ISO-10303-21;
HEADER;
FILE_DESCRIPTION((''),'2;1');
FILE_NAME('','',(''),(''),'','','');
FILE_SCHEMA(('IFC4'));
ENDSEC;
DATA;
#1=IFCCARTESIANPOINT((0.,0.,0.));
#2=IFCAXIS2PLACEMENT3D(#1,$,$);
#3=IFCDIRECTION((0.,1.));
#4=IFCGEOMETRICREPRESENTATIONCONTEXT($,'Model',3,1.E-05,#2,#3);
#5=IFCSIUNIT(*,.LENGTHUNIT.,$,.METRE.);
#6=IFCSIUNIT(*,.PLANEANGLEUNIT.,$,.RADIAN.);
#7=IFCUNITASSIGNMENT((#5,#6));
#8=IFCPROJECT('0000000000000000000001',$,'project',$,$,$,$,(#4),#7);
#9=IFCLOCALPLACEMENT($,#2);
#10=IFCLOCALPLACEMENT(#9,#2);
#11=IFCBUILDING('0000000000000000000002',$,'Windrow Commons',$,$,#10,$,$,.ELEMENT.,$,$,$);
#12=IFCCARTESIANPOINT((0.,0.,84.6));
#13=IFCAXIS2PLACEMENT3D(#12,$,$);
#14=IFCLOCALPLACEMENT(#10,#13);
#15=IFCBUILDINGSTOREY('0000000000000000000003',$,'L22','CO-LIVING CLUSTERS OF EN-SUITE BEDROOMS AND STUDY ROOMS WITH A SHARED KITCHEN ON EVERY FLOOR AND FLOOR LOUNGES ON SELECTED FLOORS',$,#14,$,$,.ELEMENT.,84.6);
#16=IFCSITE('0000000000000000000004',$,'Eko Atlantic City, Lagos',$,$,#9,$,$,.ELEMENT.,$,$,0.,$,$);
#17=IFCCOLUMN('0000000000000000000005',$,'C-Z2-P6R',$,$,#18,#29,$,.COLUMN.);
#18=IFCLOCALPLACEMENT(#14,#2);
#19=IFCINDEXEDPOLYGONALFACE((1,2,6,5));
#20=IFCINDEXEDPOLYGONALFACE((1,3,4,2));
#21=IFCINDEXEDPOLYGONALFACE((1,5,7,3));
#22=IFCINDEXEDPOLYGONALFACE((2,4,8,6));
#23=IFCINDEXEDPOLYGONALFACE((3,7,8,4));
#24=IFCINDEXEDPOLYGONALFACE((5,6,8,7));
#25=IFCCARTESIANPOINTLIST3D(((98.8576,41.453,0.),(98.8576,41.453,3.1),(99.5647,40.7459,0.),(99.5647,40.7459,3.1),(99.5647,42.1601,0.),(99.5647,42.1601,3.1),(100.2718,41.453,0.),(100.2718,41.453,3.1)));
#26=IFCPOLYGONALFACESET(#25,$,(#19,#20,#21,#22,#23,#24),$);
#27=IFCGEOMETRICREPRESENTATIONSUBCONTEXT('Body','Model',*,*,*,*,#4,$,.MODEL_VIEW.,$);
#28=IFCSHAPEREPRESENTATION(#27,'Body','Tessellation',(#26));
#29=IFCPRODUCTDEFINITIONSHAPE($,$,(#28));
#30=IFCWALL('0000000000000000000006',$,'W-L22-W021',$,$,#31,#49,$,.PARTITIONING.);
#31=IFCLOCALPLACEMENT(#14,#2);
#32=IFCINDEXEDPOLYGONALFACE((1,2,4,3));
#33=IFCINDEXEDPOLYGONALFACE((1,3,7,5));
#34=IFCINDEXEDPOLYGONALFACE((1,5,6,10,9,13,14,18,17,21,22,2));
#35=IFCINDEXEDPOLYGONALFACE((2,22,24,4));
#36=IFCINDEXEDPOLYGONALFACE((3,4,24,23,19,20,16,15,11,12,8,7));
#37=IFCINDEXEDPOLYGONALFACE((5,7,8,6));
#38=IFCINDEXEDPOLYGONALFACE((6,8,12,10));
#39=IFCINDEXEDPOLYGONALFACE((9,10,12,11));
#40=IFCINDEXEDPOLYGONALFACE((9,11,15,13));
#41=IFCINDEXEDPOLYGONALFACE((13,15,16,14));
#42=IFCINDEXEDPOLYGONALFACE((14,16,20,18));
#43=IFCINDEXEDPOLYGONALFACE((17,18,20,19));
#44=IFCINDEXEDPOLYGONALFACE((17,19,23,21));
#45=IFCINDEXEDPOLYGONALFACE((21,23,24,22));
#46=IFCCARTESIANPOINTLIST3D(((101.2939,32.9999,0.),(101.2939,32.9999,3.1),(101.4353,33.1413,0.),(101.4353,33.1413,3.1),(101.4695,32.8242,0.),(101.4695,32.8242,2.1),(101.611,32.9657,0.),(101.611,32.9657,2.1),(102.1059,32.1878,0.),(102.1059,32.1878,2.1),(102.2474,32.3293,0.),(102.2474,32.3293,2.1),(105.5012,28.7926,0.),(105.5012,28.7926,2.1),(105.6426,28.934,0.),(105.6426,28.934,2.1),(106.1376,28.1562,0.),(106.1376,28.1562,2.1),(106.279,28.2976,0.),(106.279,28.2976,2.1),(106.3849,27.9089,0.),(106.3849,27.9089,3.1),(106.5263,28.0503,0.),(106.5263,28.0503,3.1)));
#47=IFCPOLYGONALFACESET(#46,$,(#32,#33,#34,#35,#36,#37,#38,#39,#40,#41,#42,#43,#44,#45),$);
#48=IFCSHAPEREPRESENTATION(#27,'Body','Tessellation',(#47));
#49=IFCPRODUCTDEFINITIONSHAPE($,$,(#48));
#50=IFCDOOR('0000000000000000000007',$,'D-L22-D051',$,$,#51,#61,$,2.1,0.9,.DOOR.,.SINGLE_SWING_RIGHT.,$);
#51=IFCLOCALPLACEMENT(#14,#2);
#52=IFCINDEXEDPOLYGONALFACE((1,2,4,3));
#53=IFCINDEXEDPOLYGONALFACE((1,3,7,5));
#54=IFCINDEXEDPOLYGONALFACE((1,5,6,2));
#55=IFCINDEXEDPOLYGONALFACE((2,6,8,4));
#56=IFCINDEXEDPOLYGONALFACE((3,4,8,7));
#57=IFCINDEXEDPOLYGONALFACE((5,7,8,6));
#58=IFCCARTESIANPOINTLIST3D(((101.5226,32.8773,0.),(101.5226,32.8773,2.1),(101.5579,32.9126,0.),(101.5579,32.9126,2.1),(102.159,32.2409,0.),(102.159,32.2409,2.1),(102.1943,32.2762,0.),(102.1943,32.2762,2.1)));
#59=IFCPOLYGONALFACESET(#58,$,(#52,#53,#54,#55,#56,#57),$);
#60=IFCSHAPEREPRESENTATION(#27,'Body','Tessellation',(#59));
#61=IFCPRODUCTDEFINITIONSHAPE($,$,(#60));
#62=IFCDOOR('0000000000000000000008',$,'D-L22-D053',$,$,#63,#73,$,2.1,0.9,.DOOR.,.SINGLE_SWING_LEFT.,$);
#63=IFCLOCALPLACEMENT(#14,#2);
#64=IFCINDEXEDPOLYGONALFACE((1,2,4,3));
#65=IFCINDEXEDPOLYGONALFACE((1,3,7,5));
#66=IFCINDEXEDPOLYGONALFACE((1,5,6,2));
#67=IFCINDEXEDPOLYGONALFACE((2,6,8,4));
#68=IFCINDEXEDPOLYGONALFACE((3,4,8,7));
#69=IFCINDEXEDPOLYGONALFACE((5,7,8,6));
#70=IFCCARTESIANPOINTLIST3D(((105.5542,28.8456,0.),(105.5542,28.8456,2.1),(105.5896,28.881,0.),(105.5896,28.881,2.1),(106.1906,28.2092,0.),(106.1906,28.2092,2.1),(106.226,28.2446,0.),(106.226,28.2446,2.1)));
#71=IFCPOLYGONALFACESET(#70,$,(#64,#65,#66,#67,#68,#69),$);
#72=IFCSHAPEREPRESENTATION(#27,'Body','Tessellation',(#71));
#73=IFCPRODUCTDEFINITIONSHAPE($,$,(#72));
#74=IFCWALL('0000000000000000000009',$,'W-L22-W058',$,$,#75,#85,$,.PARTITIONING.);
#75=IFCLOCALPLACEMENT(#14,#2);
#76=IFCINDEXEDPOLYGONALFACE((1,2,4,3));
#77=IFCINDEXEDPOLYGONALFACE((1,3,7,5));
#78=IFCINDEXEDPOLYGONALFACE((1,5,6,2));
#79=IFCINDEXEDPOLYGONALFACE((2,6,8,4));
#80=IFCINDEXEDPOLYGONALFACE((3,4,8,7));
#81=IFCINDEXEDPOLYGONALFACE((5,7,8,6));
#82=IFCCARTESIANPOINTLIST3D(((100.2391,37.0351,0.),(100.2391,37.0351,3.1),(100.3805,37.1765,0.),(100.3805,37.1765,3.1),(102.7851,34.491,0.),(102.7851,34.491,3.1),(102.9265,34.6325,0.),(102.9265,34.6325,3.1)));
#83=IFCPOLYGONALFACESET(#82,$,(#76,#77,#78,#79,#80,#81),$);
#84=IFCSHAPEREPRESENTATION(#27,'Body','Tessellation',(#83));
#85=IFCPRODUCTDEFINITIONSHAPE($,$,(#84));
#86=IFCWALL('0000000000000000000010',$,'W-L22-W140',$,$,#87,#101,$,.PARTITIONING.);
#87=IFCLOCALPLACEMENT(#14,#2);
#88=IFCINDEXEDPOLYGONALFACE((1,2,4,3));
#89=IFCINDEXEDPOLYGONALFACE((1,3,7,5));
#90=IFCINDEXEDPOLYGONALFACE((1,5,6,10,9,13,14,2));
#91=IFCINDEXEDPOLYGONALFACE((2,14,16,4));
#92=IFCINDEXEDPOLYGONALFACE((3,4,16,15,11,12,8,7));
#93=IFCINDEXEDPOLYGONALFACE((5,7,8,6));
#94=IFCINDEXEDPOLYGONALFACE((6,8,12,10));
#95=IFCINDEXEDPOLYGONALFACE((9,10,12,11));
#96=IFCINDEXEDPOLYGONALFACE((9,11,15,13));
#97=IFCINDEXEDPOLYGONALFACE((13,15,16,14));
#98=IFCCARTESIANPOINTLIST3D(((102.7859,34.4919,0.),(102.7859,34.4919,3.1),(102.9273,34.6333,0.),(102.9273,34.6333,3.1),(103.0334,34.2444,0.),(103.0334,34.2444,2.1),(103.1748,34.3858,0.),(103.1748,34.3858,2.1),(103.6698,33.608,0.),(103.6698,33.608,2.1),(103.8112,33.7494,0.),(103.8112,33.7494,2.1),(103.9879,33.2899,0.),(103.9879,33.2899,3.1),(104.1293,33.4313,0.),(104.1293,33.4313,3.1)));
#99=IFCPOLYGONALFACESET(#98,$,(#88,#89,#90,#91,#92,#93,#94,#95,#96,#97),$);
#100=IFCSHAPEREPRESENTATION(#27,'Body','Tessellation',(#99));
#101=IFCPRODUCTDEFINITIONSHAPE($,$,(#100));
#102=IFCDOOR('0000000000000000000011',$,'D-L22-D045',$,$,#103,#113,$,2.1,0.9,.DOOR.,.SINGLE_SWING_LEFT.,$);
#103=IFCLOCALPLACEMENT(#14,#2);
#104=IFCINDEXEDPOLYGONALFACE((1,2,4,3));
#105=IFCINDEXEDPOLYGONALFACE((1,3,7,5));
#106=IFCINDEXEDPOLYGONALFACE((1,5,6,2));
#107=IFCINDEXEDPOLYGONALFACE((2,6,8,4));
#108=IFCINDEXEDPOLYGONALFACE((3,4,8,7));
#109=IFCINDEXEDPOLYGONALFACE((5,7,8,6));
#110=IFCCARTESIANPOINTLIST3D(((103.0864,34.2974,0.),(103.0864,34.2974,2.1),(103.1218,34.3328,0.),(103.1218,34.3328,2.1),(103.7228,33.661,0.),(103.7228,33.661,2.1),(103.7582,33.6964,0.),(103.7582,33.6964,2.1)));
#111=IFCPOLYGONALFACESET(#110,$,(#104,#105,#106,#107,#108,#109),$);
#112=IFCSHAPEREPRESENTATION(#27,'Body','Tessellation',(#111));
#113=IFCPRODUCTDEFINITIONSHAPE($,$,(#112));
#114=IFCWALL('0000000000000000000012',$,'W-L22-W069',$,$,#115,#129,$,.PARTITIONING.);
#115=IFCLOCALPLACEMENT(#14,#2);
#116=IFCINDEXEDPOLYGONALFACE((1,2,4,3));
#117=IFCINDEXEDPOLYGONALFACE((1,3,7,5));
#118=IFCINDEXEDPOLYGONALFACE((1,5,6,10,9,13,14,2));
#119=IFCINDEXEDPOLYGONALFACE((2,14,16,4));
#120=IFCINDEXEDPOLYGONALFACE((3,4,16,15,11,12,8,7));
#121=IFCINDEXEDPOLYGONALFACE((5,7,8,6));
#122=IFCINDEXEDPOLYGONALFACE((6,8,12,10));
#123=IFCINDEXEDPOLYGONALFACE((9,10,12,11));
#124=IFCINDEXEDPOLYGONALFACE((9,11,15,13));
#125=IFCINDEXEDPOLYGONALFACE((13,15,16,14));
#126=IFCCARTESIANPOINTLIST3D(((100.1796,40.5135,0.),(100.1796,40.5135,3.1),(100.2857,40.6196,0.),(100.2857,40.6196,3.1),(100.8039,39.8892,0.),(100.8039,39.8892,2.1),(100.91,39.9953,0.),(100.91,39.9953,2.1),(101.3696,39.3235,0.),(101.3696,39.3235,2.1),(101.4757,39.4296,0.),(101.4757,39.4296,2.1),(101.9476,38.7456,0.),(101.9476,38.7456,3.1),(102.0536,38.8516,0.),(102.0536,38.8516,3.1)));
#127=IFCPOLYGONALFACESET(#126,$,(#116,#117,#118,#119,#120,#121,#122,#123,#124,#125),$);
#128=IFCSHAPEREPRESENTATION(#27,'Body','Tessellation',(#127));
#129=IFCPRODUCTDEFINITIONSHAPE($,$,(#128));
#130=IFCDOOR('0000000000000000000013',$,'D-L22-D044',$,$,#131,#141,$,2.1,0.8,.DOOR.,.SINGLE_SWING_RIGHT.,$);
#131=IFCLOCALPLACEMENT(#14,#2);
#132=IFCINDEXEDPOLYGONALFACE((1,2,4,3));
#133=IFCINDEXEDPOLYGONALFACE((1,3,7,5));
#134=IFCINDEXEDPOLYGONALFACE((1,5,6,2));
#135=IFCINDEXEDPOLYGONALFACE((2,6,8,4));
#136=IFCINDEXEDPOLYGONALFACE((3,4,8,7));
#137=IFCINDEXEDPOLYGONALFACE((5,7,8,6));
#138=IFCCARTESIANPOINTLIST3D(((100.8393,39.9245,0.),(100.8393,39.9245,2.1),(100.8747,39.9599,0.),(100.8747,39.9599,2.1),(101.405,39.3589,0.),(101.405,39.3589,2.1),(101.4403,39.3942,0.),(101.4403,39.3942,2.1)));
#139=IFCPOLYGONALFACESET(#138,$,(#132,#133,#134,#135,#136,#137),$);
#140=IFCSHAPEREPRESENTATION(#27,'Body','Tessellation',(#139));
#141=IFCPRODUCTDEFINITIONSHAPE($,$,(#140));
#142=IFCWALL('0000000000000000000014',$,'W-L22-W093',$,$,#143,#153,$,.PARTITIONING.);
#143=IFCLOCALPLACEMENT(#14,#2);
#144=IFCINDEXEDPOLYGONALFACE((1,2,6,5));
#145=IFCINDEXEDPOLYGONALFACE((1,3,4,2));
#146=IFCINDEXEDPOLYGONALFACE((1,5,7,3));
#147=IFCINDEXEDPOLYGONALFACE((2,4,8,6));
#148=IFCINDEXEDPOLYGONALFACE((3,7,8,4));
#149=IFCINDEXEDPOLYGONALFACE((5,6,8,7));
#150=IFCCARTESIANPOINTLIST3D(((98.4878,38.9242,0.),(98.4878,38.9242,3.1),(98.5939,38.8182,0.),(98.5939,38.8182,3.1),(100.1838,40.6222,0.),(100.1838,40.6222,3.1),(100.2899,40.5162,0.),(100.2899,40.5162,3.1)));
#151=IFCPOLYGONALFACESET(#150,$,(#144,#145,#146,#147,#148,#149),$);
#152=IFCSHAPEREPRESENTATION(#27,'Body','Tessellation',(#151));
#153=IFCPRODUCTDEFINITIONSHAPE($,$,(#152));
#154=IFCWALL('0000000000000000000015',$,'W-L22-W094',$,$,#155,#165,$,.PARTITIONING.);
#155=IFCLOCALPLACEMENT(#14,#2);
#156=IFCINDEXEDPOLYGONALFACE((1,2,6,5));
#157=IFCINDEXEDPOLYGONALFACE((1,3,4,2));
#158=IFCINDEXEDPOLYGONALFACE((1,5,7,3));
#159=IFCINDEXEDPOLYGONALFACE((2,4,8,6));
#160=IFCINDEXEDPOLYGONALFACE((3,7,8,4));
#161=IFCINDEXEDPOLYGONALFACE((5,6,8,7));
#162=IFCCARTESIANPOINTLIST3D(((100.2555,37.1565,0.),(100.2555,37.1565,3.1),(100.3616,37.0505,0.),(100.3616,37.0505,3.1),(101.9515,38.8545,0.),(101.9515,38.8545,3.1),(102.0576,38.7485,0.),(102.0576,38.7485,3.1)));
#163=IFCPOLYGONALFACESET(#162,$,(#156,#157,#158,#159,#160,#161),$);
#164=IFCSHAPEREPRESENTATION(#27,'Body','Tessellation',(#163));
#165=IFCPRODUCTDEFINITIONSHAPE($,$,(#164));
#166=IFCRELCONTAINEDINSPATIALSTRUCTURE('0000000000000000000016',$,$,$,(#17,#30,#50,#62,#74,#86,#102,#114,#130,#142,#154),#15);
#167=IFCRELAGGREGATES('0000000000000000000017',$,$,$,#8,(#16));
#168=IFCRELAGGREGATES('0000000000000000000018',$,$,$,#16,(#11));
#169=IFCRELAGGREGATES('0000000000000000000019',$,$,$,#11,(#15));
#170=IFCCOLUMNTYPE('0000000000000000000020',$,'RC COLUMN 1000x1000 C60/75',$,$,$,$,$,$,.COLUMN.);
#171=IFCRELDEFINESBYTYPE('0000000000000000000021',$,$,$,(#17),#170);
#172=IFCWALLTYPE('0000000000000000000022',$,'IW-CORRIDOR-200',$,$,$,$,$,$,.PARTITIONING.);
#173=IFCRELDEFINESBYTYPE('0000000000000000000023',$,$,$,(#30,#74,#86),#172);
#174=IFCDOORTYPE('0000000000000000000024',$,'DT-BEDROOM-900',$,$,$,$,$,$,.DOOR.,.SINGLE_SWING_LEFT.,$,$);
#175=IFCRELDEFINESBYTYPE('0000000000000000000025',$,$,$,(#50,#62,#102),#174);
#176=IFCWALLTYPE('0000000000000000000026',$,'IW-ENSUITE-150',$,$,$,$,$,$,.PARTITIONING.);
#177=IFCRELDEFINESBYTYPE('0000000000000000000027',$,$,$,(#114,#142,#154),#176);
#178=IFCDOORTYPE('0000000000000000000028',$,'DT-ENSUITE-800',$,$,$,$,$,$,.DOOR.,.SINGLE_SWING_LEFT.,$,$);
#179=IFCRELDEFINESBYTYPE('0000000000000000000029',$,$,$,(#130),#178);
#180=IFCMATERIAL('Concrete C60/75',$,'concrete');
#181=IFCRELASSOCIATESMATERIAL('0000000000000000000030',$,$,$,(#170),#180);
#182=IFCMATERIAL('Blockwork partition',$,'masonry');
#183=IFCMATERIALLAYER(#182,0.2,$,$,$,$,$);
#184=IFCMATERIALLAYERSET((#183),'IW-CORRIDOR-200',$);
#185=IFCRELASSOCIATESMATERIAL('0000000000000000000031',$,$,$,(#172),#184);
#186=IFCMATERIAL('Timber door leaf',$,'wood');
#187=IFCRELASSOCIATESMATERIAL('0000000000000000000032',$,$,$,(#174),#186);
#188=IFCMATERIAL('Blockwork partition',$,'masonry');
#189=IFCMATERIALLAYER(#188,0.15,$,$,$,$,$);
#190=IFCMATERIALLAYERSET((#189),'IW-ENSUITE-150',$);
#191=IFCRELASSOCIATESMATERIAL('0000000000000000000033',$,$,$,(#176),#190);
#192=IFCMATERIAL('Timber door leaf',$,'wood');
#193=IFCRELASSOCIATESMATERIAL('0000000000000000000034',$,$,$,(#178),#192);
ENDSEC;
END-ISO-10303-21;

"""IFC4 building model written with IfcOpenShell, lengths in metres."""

from ifc_helpers import new_model, si_unit, direction, frame, frame_2d, origin, origin_2d, place, context, subcontext, project, spatial, rectangle, extrude, material, layer, layer_set, material_profile, profile_set, type_object, element, fill, save


model = new_model("IFC4")

# Units and contexts
model_context = context("Model", 3, precision=1e-05, world=origin(), true_north=direction((0.0, 1.0)))
body_context = subcontext(model_context, "Body", "Model", "MODEL_VIEW")
ifc_project = project(units=[si_unit("LENGTHUNIT", "METRE"), si_unit("PLANEANGLEUNIT", "RADIAN")], contexts=[model_context])

# Site, building, storey
site_placement = place(None, origin())
site = spatial("IfcSite", under=ifc_project, at=site_placement, Name="Eko Atlantic City, Lagos", CompositionType="ELEMENT", RefElevation=0.0)
building_placement = place(site_placement, origin())
building = spatial("IfcBuilding", under=site, at=building_placement, Name="Windrow Commons", CompositionType="ELEMENT")
storey_placement = place(building_placement, frame((0.0, 0.0, 84.6)))
storey = spatial("IfcBuildingStorey", under=building, at=storey_placement, Name="L22", Description="CO-LIVING CLUSTERS OF EN-SUITE BEDROOMS AND STUDY ROOMS WITH A SHARED KITCHEN ON EVERY FLOOR AND FLOOR LOUNGES ON SELECTED FLOORS", CompositionType="ELEMENT", Elevation=84.6)

# Column
ifc_material_1 = material(Name="Concrete C60/75", Category="concrete")
ifc_material_profile = material_profile(ifc_material_1, rectangle(XDim=1.0, YDim=1.0, at=origin_2d()))
ifc_profile_set = profile_set([ifc_material_profile], Name="Concrete C60/75")
column_type = type_object("IfcColumnType", Name="RC COLUMN 1000x1000 C60/75", PredefinedType="COLUMN", material=ifc_profile_set)
column_placement = place(storey_placement, frame((99.5647, 41.453, 0.0), z_axis=(0.0, 0.0, 1.0), x_axis=(0.707107, -0.707107, 0.0)))
element("IfcColumn", 1, at=column_placement, inside=storey, type_object=column_type, Name="C-Z2-P6R", PredefinedType="COLUMN", context=body_context, shape_type="SweptSolid", body=[
    extrude(rectangle(XDim=1.0, YDim=1.0, at=origin_2d()), origin(), (0.0, 0.0, 1.0), 3.1),
])

# Wall, openings, doors
ifc_material_2 = material(Name="Blockwork partition", Category="masonry")
ifc_layer_1 = layer(ifc_material_2, 0.2)
ifc_layer_set_1 = layer_set([ifc_layer_1], Name="IW-CORRIDOR-200")
wall_type_1 = type_object("IfcWallType", Name="IW-CORRIDOR-200", PredefinedType="PARTITIONING", material=ifc_layer_set_1)
wall_1_placement = place(storey_placement, frame((101.3646, 33.0706, 0.0), z_axis=(0.0, 0.0, 1.0), x_axis=(0.707107, -0.707107, 0.0)))
wall_1 = element("IfcWall", 2, at=wall_1_placement, inside=storey, type_object=wall_type_1, Name="W-L22-W021", PredefinedType="PARTITIONING", context=body_context, shape_type="SweptSolid", body=[
    extrude(rectangle(XDim=7.1998, YDim=0.2, at=frame_2d((3.5999, 0.0))), origin(), (0.0, 0.0, 1.0), 3.1),
])
opening_1_placement = place(wall_1_placement, frame((0.2484, 0.0, 0.0)))
opening_1 = element("IfcOpeningElement", 3, at=opening_1_placement, cuts=wall_1, PredefinedType="OPENING", context=body_context, shape_type="SweptSolid", body=[
    extrude(rectangle(XDim=0.9, YDim=2.1, at=frame_2d((0.45, 1.05))), frame((0.0, 0.11, 0.0), z_axis=(0.0, -1.0, 0.0), x_axis=(1.0, 0.0, 0.0)), (0.0, 0.0, 1.0), 0.22),
])
opening_2_placement = place(wall_1_placement, frame((5.95, 0.0, 0.0)))
opening_2 = element("IfcOpeningElement", 4, at=opening_2_placement, cuts=wall_1, PredefinedType="OPENING", context=body_context, shape_type="SweptSolid", body=[
    extrude(rectangle(XDim=0.9, YDim=2.1, at=frame_2d((0.45, 1.05))), frame((0.0, 0.11, 0.0), z_axis=(0.0, -1.0, 0.0), x_axis=(1.0, 0.0, 0.0)), (0.0, 0.0, 1.0), 0.22),
])
ifc_material_3 = material(Name="Timber door leaf", Category="wood")
door_type_1 = type_object("IfcDoorType", Name="DT-BEDROOM-900", OperationType="SINGLE_SWING_LEFT", PredefinedType="DOOR", material=ifc_material_3)
door_1_placement = place(opening_1_placement, origin())
door_1 = element("IfcDoor", 5, at=door_1_placement, inside=storey, type_object=door_type_1, Name="D-L22-D051", OperationType="SINGLE_SWING_RIGHT", OverallHeight=2.1, OverallWidth=0.9, PredefinedType="DOOR", context=body_context, shape_type="SweptSolid", body=[
    extrude(rectangle(XDim=0.9, YDim=2.1, at=frame_2d((0.45, 1.05))), frame((0.0, 0.025, 0.0), z_axis=(0.0, -1.0, 0.0), x_axis=(1.0, 0.0, 0.0)), (0.0, 0.0, 1.0), 0.05),
])
fill(opening_1, door_1)
door_2_placement = place(opening_2_placement, origin())
door_2 = element("IfcDoor", 6, at=door_2_placement, inside=storey, type_object=door_type_1, Name="D-L22-D053", OperationType="SINGLE_SWING_LEFT", OverallHeight=2.1, OverallWidth=0.9, PredefinedType="DOOR", context=body_context, shape_type="SweptSolid", body=[
    extrude(rectangle(XDim=0.9, YDim=2.1, at=frame_2d((0.45, 1.05))), frame((0.0, 0.025, 0.0), z_axis=(0.0, -1.0, 0.0), x_axis=(1.0, 0.0, 0.0)), (0.0, 0.0, 1.0), 0.05),
])
fill(opening_2, door_2)

# Wall
wall_2_placement = place(storey_placement, frame((100.3098, 37.1058, 0.0), z_axis=(0.0, 0.0, 1.0), x_axis=(0.707385, -0.706829, 0.0)))
element("IfcWall", 7, at=wall_2_placement, inside=storey, type_object=wall_type_1, Name="W-L22-W058", PredefinedType="PARTITIONING", context=body_context, shape_type="SweptSolid", body=[
    extrude(rectangle(XDim=3.5992, YDim=0.2, at=frame_2d((1.7996, 0.0))), origin(), (0.0, 0.0, 1.0), 3.1),
])

# Walls, openings, doors
wall_3_placement = place(storey_placement, frame((102.8566, 34.5626, 0.0), z_axis=(0.0, 0.0, 1.0), x_axis=(0.707107, -0.707107, 0.0)))
wall_3 = element("IfcWall", 8, at=wall_3_placement, inside=storey, type_object=wall_type_1, Name="W-L22-W140", PredefinedType="PARTITIONING", context=body_context, shape_type="SweptSolid", body=[
    extrude(rectangle(XDim=1.6999, YDim=0.2, at=frame_2d((0.8499, 0.0))), origin(), (0.0, 0.0, 1.0), 3.1),
])
opening_3_placement = place(wall_3_placement, frame((0.35, 0.0, 0.0)))
opening_3 = element("IfcOpeningElement", 9, at=opening_3_placement, cuts=wall_3, PredefinedType="OPENING", context=body_context, shape_type="SweptSolid", body=[
    extrude(rectangle(XDim=0.9, YDim=2.1, at=frame_2d((0.45, 1.05))), frame((0.0, 0.11, 0.0), z_axis=(0.0, -1.0, 0.0), x_axis=(1.0, 0.0, 0.0)), (0.0, 0.0, 1.0), 0.22),
])
door_3_placement = place(opening_3_placement, origin())
door_3 = element("IfcDoor", 10, at=door_3_placement, inside=storey, type_object=door_type_1, Name="D-L22-D045", OperationType="SINGLE_SWING_LEFT", OverallHeight=2.1, OverallWidth=0.9, PredefinedType="DOOR", context=body_context, shape_type="SweptSolid", body=[
    extrude(rectangle(XDim=0.9, YDim=2.1, at=frame_2d((0.45, 1.05))), frame((0.0, 0.025, 0.0), z_axis=(0.0, -1.0, 0.0), x_axis=(1.0, 0.0, 0.0)), (0.0, 0.0, 1.0), 0.05),
])
fill(opening_3, door_3)
ifc_material_4 = material(Name="Blockwork partition", Category="masonry")
ifc_layer_2 = layer(ifc_material_4, 0.15)
ifc_layer_set_2 = layer_set([ifc_layer_2], Name="IW-ENSUITE-150")
wall_type_2 = type_object("IfcWallType", Name="IW-ENSUITE-150", PredefinedType="PARTITIONING", material=ifc_layer_set_2)
wall_4_placement = place(storey_placement, frame((100.2326, 40.5666, 0.0), z_axis=(0.0, 0.0, 1.0), x_axis=(0.707107, -0.707107, 0.0)))
wall_4 = element("IfcWall", 11, at=wall_4_placement, inside=storey, type_object=wall_type_2, Name="W-L22-W069", PredefinedType="PARTITIONING", context=body_context, shape_type="SweptSolid", body=[
    extrude(rectangle(XDim=2.5003, YDim=0.15, at=frame_2d((1.2502, 0.0))), origin(), (0.0, 0.0, 1.0), 3.1),
])
opening_4_placement = place(wall_4_placement, frame((0.883, 0.0, 0.0)))
opening_4 = element("IfcOpeningElement", 12, at=opening_4_placement, cuts=wall_4, PredefinedType="OPENING", context=body_context, shape_type="SweptSolid", body=[
    extrude(rectangle(XDim=0.8, YDim=2.1, at=frame_2d((0.4, 1.05))), frame((0.0, 0.085, 0.0), z_axis=(0.0, -1.0, 0.0), x_axis=(1.0, 0.0, 0.0)), (0.0, 0.0, 1.0), 0.17),
])
ifc_material_5 = material(Name="Timber door leaf", Category="wood")
door_type_2 = type_object("IfcDoorType", Name="DT-ENSUITE-800", OperationType="SINGLE_SWING_LEFT", PredefinedType="DOOR", material=ifc_material_5)
door_4_placement = place(opening_4_placement, origin())
door_4 = element("IfcDoor", 13, at=door_4_placement, inside=storey, type_object=door_type_2, Name="D-L22-D044", OperationType="SINGLE_SWING_RIGHT", OverallHeight=2.1, OverallWidth=0.8, PredefinedType="DOOR", context=body_context, shape_type="SweptSolid", body=[
    extrude(rectangle(XDim=0.8, YDim=2.1, at=frame_2d((0.4, 1.05))), frame((0.0, 0.025, 0.0), z_axis=(0.0, -1.0, 0.0), x_axis=(1.0, 0.0, 0.0)), (0.0, 0.0, 1.0), 0.05),
])
fill(opening_4, door_4)

# Walls
for number, where, z_axis, x_axis, name in (
    (14, (98.5408, 38.8712, 0.0), (0.0, 0.0, 1.0), (0.70669, 0.707523, 0.0), "W-L22-W093"),
    (15, (100.3085, 37.1035, 0.0), (0.0, 0.0, 1.0), (0.70669, 0.707523, 0.0), "W-L22-W094"),
):
    element("IfcWall", number, at=place(storey_placement, frame(where, z_axis=z_axis, x_axis=x_axis)), inside=storey, type_object=wall_type_2, Name=name, PredefinedType="PARTITIONING", context=body_context, shape_type="SweptSolid", body=[
        extrude(rectangle(XDim=2.3999, YDim=0.15, at=frame_2d((1.2, 0.0))), origin(), (0.0, 0.0, 1.0), 3.1),
    ])

save(model, "model.ifc")
